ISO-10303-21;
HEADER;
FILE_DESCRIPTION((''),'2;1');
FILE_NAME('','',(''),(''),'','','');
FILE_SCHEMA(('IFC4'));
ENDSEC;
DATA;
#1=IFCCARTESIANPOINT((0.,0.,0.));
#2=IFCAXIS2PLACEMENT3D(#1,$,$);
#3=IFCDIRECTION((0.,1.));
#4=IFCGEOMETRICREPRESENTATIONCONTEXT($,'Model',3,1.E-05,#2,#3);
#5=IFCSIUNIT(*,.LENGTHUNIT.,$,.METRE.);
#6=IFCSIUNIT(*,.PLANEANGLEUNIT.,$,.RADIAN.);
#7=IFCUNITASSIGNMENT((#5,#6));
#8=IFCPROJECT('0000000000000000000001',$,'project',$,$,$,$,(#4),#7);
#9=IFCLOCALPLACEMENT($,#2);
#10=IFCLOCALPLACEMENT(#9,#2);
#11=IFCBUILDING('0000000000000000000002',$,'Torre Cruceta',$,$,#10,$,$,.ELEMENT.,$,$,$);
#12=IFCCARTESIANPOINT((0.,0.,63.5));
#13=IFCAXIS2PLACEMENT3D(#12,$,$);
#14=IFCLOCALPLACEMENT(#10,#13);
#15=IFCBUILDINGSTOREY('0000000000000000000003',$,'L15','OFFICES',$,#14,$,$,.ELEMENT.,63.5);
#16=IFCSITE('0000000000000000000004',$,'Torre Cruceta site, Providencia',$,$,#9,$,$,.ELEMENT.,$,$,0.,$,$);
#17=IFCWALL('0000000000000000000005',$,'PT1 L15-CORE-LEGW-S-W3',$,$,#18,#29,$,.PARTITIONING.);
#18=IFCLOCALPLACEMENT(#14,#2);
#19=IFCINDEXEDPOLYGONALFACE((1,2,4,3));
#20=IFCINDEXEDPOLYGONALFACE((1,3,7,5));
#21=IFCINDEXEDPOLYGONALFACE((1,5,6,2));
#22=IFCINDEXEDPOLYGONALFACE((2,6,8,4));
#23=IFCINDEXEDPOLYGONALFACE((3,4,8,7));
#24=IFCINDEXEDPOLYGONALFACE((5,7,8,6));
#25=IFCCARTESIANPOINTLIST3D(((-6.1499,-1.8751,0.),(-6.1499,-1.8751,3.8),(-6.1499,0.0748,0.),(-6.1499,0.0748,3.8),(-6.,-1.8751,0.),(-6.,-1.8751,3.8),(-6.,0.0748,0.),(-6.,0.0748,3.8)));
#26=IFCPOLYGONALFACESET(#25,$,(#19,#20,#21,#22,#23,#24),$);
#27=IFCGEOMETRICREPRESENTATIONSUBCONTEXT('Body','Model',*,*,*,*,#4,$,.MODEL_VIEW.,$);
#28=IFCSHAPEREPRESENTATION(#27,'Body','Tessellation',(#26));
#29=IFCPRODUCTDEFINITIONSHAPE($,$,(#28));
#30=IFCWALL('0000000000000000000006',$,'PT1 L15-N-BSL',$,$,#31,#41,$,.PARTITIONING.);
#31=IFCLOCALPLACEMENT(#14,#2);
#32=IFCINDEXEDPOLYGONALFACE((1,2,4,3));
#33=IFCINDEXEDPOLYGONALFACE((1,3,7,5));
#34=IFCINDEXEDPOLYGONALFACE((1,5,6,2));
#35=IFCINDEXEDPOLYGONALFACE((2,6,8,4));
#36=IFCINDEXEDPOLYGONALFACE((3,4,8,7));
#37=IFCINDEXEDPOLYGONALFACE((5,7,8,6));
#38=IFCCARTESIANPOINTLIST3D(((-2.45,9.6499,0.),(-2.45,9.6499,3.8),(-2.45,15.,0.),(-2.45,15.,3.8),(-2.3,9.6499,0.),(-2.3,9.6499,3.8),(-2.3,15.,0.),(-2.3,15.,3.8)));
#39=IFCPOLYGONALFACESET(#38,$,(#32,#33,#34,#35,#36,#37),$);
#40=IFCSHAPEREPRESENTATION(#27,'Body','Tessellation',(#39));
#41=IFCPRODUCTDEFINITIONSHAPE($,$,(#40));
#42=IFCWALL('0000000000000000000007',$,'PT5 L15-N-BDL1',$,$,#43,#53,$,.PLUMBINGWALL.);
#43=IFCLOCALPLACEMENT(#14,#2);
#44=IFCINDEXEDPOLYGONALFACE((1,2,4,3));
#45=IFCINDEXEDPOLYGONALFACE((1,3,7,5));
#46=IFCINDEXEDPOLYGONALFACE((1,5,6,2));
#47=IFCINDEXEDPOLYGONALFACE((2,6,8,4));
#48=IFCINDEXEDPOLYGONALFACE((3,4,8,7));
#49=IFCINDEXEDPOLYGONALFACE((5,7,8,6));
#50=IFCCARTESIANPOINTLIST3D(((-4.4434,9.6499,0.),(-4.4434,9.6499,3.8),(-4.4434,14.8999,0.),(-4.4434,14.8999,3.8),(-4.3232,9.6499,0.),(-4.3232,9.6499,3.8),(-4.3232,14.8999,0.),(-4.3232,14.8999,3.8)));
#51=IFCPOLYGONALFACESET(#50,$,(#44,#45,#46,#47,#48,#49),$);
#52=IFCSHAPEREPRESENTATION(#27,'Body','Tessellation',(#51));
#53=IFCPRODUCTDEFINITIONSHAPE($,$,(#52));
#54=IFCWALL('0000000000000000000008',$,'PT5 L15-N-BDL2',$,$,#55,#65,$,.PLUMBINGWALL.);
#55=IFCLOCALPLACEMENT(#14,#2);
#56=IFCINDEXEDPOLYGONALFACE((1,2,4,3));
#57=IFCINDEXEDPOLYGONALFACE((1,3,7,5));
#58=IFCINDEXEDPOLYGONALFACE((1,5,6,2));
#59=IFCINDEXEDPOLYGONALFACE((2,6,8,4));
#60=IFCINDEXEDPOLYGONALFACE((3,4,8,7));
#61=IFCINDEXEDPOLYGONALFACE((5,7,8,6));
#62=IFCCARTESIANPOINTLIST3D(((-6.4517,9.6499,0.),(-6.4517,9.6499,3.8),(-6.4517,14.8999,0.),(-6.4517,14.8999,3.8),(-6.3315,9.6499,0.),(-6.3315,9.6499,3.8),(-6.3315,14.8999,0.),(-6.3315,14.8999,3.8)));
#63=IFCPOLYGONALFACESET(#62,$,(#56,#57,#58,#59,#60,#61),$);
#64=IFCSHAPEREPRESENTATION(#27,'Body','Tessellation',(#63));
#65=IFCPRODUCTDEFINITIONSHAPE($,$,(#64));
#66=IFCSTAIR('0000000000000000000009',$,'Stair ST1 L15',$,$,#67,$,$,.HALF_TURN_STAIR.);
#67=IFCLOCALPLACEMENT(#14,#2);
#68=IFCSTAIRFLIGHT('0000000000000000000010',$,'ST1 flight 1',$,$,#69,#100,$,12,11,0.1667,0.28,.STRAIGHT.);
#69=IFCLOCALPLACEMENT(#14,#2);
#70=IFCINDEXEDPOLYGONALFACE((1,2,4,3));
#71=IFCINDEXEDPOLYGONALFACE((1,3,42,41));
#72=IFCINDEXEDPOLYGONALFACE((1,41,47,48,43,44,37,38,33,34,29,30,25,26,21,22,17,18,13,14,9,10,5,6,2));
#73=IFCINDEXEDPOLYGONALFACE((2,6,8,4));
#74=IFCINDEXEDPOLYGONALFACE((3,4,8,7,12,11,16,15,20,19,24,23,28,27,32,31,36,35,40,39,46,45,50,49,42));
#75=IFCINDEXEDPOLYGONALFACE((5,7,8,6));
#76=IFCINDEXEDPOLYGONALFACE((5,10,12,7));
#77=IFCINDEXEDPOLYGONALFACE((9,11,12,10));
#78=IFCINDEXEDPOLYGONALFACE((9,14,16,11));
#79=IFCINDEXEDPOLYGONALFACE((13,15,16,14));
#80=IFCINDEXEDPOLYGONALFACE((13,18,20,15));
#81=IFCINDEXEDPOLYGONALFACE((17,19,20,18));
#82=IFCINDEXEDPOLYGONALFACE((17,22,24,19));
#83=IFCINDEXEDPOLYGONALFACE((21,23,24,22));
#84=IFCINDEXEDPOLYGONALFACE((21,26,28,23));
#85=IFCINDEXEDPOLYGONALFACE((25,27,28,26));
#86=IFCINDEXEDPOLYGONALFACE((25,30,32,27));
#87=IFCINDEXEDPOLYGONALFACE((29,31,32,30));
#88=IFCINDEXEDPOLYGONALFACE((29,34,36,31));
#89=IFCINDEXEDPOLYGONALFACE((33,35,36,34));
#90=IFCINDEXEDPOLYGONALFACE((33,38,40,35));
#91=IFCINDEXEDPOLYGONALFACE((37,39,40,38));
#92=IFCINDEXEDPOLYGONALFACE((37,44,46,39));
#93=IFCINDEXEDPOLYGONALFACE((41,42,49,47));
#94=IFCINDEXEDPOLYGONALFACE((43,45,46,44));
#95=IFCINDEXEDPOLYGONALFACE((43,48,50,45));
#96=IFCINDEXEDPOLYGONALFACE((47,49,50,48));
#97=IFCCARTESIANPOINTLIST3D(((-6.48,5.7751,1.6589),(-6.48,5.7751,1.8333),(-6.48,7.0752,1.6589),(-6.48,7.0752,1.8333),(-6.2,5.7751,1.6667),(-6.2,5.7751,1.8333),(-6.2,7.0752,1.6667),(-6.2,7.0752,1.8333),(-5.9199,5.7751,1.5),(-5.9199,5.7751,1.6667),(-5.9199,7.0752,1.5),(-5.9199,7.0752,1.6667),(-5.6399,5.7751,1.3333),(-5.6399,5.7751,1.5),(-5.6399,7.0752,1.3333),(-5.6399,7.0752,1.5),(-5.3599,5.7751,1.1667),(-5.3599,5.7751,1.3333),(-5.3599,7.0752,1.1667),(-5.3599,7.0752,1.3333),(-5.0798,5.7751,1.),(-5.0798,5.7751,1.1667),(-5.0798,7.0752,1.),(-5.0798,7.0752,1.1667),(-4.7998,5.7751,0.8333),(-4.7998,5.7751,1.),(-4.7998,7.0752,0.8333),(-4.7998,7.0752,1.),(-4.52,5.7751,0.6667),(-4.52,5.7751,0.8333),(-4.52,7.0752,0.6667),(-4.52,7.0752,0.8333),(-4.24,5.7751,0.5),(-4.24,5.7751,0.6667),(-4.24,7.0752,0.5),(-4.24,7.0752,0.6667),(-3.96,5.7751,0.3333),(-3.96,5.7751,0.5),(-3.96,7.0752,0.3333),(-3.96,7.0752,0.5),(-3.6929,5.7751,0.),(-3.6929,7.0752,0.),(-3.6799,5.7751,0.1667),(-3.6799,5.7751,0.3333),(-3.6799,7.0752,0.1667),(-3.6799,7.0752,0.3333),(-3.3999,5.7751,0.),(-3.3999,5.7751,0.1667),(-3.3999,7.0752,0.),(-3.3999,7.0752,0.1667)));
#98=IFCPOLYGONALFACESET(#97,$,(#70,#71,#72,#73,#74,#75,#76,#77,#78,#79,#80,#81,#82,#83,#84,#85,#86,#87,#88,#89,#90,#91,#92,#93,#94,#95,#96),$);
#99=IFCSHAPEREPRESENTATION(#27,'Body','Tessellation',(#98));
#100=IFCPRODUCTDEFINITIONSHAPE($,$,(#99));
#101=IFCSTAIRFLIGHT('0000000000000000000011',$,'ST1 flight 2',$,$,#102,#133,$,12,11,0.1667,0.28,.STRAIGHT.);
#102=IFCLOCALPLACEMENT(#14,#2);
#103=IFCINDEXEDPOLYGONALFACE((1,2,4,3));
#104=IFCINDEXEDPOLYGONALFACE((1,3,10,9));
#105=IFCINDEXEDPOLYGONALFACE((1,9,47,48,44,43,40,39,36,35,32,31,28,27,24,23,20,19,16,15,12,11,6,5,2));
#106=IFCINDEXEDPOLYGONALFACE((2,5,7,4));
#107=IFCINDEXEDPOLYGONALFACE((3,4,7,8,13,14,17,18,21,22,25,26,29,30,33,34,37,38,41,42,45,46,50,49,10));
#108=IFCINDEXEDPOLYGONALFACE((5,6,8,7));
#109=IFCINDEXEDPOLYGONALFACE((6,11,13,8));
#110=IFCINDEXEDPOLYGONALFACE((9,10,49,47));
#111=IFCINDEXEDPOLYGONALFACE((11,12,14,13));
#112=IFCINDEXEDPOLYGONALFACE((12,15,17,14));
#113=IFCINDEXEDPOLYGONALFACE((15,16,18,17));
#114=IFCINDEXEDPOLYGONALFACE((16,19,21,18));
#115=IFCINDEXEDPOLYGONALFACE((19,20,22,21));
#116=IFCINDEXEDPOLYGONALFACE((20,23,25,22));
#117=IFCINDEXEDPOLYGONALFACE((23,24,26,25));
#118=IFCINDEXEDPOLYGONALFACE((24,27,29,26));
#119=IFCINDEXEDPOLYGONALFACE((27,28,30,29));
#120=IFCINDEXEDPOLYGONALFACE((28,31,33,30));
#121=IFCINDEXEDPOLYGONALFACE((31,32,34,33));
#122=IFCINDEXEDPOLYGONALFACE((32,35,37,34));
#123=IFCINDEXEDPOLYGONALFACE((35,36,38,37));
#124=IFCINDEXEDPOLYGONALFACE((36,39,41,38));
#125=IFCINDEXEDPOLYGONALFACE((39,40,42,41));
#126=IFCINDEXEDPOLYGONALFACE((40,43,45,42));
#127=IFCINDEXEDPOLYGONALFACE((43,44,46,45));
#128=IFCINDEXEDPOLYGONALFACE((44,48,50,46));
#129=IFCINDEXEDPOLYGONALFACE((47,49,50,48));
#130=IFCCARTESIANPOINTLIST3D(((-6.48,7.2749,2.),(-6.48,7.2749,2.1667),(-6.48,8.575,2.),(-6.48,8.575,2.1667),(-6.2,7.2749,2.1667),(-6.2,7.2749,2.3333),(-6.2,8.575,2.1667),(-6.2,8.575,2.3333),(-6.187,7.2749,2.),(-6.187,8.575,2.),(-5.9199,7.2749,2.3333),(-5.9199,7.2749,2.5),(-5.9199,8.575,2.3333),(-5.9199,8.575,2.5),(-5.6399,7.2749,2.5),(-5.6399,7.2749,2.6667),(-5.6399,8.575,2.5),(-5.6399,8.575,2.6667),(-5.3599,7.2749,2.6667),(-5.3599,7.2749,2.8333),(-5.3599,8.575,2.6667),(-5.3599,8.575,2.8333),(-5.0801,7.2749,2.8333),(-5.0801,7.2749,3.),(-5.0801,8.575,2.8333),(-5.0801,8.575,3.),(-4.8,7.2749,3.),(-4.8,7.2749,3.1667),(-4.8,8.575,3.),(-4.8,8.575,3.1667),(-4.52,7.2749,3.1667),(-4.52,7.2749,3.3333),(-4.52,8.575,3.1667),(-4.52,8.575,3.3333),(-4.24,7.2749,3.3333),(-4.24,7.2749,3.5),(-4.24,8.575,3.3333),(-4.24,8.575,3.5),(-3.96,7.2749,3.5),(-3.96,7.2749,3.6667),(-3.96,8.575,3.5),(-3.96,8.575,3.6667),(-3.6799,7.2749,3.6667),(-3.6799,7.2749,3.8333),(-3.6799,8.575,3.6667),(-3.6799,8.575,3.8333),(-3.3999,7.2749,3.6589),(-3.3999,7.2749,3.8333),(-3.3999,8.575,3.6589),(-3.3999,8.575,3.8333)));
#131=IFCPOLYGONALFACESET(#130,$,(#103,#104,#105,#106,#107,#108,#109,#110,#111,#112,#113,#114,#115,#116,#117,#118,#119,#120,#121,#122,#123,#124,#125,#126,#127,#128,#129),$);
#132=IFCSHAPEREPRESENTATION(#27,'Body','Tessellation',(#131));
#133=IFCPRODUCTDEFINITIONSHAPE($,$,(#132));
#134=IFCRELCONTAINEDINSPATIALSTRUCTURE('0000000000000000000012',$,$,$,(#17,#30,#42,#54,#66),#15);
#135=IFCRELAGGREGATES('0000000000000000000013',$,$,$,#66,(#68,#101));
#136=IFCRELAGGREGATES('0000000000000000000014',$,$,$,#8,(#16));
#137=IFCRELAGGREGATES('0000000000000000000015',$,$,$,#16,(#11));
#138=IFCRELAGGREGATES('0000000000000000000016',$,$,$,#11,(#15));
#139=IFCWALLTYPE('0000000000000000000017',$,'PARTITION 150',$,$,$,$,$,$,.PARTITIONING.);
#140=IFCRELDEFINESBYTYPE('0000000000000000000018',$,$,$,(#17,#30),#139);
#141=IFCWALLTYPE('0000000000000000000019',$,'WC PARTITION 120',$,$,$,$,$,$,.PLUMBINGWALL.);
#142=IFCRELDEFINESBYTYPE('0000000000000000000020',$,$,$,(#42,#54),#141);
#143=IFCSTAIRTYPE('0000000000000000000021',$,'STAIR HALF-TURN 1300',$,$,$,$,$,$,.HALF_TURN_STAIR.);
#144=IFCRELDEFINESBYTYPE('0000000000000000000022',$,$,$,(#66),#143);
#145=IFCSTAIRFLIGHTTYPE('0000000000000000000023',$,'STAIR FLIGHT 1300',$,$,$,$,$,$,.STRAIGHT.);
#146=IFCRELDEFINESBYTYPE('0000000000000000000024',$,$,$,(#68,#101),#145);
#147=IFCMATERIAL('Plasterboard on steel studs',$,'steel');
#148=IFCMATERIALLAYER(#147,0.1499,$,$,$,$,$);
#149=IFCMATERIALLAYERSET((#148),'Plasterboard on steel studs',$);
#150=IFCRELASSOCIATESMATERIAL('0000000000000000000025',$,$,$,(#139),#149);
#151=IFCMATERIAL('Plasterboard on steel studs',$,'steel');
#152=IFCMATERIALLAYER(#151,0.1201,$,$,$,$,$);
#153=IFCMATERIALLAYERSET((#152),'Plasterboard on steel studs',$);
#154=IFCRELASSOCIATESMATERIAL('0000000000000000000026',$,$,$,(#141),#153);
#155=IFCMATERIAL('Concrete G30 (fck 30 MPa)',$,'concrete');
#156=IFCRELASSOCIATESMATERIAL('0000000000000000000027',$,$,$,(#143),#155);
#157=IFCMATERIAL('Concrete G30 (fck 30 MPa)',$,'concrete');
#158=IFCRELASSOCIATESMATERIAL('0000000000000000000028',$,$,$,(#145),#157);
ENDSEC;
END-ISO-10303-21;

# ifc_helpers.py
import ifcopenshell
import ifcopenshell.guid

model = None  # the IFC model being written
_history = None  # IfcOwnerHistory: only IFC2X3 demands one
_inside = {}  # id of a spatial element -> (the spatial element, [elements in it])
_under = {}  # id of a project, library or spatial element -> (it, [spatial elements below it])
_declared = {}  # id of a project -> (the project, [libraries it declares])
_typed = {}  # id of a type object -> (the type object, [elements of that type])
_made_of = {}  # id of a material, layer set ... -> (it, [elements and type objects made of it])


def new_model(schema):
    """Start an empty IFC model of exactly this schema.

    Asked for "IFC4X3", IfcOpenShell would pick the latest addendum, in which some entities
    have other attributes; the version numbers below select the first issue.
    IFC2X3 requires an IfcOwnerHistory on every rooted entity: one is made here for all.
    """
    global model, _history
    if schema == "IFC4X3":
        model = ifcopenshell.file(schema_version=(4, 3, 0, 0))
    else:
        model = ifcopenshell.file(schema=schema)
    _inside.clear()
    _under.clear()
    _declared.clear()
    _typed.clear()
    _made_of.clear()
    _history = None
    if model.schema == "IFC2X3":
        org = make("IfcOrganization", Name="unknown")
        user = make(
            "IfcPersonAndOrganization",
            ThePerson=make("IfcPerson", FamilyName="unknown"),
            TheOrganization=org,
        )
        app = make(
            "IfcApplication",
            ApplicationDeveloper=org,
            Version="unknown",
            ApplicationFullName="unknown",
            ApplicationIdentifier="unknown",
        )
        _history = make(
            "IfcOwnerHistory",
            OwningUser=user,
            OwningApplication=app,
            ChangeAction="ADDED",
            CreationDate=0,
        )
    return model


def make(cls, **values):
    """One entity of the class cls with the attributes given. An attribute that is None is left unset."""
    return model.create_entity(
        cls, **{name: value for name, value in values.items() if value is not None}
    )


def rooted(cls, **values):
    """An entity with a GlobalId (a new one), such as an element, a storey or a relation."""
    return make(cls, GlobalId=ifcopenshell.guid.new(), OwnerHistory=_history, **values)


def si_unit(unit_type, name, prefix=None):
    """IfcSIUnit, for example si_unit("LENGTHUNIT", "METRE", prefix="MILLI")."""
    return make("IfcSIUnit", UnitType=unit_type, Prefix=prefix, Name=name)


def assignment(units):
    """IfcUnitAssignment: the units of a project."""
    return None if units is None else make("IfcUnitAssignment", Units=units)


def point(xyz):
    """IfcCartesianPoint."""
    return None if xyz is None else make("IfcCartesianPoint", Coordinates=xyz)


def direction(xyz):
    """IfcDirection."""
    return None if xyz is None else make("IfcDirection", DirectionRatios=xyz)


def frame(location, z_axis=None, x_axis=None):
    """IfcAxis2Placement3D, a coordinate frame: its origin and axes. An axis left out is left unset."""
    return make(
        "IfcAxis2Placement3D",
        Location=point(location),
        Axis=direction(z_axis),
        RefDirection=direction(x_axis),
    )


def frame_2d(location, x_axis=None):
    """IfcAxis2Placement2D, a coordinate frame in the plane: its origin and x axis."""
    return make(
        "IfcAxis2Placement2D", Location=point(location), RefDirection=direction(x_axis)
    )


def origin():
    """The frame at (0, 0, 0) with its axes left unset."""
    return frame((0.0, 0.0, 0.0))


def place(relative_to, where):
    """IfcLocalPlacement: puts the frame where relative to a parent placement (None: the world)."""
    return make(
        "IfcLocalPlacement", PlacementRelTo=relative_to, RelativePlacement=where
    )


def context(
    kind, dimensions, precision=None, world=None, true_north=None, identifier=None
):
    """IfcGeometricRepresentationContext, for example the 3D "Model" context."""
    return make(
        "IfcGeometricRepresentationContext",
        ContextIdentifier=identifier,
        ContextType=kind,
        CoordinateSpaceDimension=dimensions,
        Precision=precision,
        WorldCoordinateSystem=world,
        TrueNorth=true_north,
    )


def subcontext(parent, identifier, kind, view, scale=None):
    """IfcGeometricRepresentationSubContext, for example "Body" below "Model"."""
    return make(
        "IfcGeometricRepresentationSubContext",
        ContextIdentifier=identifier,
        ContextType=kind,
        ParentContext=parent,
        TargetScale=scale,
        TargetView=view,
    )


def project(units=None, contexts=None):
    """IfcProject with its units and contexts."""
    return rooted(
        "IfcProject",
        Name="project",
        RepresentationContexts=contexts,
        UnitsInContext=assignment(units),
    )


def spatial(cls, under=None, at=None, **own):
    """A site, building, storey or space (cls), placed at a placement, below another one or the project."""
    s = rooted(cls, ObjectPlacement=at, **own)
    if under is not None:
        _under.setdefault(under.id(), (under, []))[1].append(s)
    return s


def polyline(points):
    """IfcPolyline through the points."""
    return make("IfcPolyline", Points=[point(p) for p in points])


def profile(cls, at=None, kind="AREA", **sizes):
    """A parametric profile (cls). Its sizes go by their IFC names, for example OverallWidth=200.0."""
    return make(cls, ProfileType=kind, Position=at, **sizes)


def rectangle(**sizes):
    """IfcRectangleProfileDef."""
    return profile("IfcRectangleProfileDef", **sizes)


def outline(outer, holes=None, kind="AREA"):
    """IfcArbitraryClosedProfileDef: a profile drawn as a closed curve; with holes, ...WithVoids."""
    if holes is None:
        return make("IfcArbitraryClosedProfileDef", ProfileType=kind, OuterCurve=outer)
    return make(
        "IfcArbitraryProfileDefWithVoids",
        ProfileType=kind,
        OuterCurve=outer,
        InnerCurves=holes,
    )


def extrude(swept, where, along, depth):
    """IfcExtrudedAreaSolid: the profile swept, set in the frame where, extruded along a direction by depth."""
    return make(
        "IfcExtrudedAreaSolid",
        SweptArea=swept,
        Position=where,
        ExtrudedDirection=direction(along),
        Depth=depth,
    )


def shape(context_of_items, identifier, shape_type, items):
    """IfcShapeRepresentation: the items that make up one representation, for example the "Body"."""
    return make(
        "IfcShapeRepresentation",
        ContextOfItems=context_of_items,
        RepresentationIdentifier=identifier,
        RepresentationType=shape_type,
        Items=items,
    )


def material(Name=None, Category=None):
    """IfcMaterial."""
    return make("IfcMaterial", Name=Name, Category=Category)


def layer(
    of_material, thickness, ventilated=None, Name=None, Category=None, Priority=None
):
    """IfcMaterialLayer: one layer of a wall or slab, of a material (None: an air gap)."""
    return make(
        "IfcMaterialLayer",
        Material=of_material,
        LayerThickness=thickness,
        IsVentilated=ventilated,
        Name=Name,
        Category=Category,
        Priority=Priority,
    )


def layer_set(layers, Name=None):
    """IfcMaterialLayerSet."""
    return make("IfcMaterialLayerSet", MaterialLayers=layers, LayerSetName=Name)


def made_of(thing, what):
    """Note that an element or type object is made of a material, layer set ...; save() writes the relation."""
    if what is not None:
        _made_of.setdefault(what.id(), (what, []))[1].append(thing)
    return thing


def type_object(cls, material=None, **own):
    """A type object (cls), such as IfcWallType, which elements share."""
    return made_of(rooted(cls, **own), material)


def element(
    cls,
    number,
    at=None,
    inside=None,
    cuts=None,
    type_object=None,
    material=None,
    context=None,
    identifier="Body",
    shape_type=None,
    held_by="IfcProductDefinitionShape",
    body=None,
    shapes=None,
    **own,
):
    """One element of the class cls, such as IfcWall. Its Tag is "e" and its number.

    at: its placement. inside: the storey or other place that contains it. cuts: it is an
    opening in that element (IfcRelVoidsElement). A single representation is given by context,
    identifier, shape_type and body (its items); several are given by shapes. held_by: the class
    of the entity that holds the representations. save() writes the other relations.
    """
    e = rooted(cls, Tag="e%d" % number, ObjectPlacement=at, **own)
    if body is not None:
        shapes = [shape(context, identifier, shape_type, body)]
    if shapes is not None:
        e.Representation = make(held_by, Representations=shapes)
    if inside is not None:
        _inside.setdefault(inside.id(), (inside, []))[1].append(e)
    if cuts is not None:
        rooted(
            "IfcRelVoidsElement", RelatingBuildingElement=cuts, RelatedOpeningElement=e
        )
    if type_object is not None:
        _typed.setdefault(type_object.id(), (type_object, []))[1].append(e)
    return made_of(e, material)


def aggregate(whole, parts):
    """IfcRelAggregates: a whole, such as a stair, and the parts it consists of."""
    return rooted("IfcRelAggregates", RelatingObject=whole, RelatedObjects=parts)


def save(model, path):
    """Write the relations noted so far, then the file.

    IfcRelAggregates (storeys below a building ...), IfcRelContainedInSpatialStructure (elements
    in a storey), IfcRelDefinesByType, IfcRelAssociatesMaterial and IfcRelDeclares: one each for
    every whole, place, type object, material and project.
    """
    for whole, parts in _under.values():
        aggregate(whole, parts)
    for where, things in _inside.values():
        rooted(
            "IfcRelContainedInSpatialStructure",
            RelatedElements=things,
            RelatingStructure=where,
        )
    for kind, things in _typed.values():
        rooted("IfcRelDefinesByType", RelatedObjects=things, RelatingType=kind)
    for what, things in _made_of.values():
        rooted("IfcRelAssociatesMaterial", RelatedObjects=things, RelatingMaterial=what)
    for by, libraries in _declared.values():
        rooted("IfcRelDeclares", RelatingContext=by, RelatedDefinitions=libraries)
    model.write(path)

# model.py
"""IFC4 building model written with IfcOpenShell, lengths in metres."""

from ifc_helpers import new_model, si_unit, direction, frame, frame_2d, origin, place, context, subcontext, project, spatial, polyline, rectangle, outline, extrude, material, layer, layer_set, type_object, element, aggregate, save


model = new_model("IFC4")

# Units and contexts
model_context = context("Model", 3, precision=1e-05, world=origin(), true_north=direction((0.0, 1.0)))
body_context = subcontext(model_context, "Body", "Model", "MODEL_VIEW")
ifc_project = project(units=[si_unit("LENGTHUNIT", "METRE"), si_unit("PLANEANGLEUNIT", "RADIAN")], contexts=[model_context])

# Site, building, storey
site_placement = place(None, origin())
site = spatial("IfcSite", under=ifc_project, at=site_placement, Name="Torre Cruceta site, Providencia", CompositionType="ELEMENT", RefElevation=0.0)
building_placement = place(site_placement, origin())
building = spatial("IfcBuilding", under=site, at=building_placement, Name="Torre Cruceta", CompositionType="ELEMENT")
storey_placement = place(building_placement, frame((0.0, 0.0, 63.5)))
storey = spatial("IfcBuildingStorey", under=building, at=storey_placement, Name="L15", Description="OFFICES", CompositionType="ELEMENT", Elevation=63.5)

# Walls
ifc_material_1 = material(Name="Plasterboard on steel studs", Category="steel")
ifc_layer_1 = layer(ifc_material_1, 0.1499)
ifc_layer_set_1 = layer_set([ifc_layer_1], Name="Plasterboard on steel studs")
wall_type_1 = type_object("IfcWallType", Name="PARTITION 150", PredefinedType="PARTITIONING", material=ifc_layer_set_1)
wall_1_placement = place(storey_placement, frame((-6.075, 0.075, 0.0), z_axis=(0.0, 0.0, 1.0), x_axis=(0.0, -1.0, 0.0)))
element("IfcWall", 1, at=wall_1_placement, inside=storey, type_object=wall_type_1, Name="PT1 L15-CORE-LEGW-S-W3", PredefinedType="PARTITIONING", context=body_context, shape_type="SweptSolid", body=[
    extrude(rectangle(XDim=1.95, YDim=0.1499, at=frame_2d((0.9751, 0.0))), origin(), (0.0, 0.0, 1.0), 3.8),
])
wall_2_placement = place(storey_placement, frame((-2.375, 9.6499, 0.0), z_axis=(0.0, 0.0, 1.0), x_axis=(0.0, 1.0, 0.0)))
element("IfcWall", 2, at=wall_2_placement, inside=storey, type_object=wall_type_1, Name="PT1 L15-N-BSL", PredefinedType="PARTITIONING", context=body_context, shape_type="SweptSolid", body=[
    extrude(rectangle(XDim=5.3501, YDim=0.1499, at=frame_2d((2.675, 0.0))), origin(), (0.0, 0.0, 1.0), 3.8),
])
ifc_material_2 = material(Name="Plasterboard on steel studs", Category="steel")
ifc_layer_2 = layer(ifc_material_2, 0.1201)
ifc_layer_set_2 = layer_set([ifc_layer_2], Name="Plasterboard on steel studs")
wall_type_2 = type_object("IfcWallType", Name="WC PARTITION 120", PredefinedType="PLUMBINGWALL", material=ifc_layer_set_2)
for number, where, z_axis, x_axis, name in (
    (3, (-4.3833, 9.6499, 0.0), (0.0, 0.0, 1.0), (0.0, 1.0, 0.0), "PT5 L15-N-BDL1"),
    (4, (-6.3916, 9.6499, 0.0), (0.0, 0.0, 1.0), (0.0, 1.0, 0.0), "PT5 L15-N-BDL2"),
):
    element("IfcWall", number, at=place(storey_placement, frame(where, z_axis=z_axis, x_axis=x_axis)), inside=storey, type_object=wall_type_2, Name=name, PredefinedType="PLUMBINGWALL", context=body_context, shape_type="SweptSolid", body=[
        extrude(rectangle(XDim=5.25, YDim=0.1201, at=frame_2d((2.625, 0.0))), origin(), (0.0, 0.0, 1.0), 3.8),
    ])

# Stair, stair flights
ifc_material_3 = material(Name="Concrete G30 (fck 30 MPa)", Category="concrete")
stair_type = type_object("IfcStairType", Name="STAIR HALF-TURN 1300", PredefinedType="HALF_TURN_STAIR", material=ifc_material_3)
stair_placement = place(storey_placement, origin())
stair = element("IfcStair", 5, at=stair_placement, inside=storey, type_object=stair_type, Name="Stair ST1 L15", PredefinedType="HALF_TURN_STAIR")
ifc_material_4 = material(Name="Concrete G30 (fck 30 MPa)", Category="concrete")
stair_flight_type = type_object("IfcStairFlightType", Name="STAIR FLIGHT 1300", PredefinedType="STRAIGHT", material=ifc_material_4)
stair_flight_1_placement = place(storey_placement, frame((-3.3999, 6.425, 0.0), z_axis=(0.0, 0.0, 1.0), x_axis=(-1.0, 0.0, 0.0)))
stair_flight_1 = element("IfcStairFlight", 6, at=stair_flight_1_placement, type_object=stair_flight_type, Name="ST1 flight 1", NumberOfRisers=12, NumberOfTreads=11, PredefinedType="STRAIGHT", RiserHeight=0.1667, TreadLength=0.28, context=body_context, shape_type="SweptSolid", body=[
    extrude(outline(polyline([(0.0, 0.0), (0.0, 0.1667), (0.28, 0.1667), (0.28, 0.3333), (0.5601, 0.3333), (0.5601, 0.5), (0.8401, 0.5), (0.8401, 0.6667), (1.1201, 0.6667), (1.1201, 0.8333), (1.3999, 0.8333), (1.3999, 1.0), (1.6799, 1.0), (1.6799, 1.1667), (1.96, 1.1667), (1.96, 1.3333), (2.24, 1.3333), (2.24, 1.5), (2.52, 1.5), (2.52, 1.6667), (2.8, 1.6667), (2.8, 1.8333), (3.0801, 1.8333), (3.0801, 2.0), (3.0801, 1.6589), (0.293, 0.0), (0.0, 0.0)])), frame((0.0, 0.6499, 0.0), z_axis=(0.0, -1.0, 0.0), x_axis=(1.0, 0.0, 0.0)), (0.0, 0.0, 1.0), 1.3),
])
stair_flight_2_placement = place(storey_placement, frame((-6.48, 7.925, 2.0), z_axis=(0.0, 0.0, 1.0), x_axis=(1.0, 0.0, 0.0)))
stair_flight_2 = element("IfcStairFlight", 7, at=stair_flight_2_placement, type_object=stair_flight_type, Name="ST1 flight 2", NumberOfRisers=12, NumberOfTreads=11, PredefinedType="STRAIGHT", RiserHeight=0.1667, TreadLength=0.28, context=body_context, shape_type="SweptSolid", body=[
    extrude(outline(polyline([(0.0, 0.0), (0.0, 0.1667), (0.28, 0.1667), (0.28, 0.3333), (0.5601, 0.3333), (0.5601, 0.5), (0.8401, 0.5), (0.8401, 0.6667), (1.1201, 0.6667), (1.1201, 0.8333), (1.3999, 0.8333), (1.3999, 1.0), (1.6799, 1.0), (1.6799, 1.1667), (1.96, 1.1667), (1.96, 1.3333), (2.24, 1.3333), (2.24, 1.5), (2.52, 1.5), (2.52, 1.6667), (2.8, 1.6667), (2.8, 1.8333), (3.0801, 1.8333), (3.0801, 2.0), (3.0801, 1.6589), (0.293, 0.0), (0.0, 0.0)])), frame((0.0, 0.6499, 0.0), z_axis=(0.0, -1.0, 0.0), x_axis=(1.0, 0.0, 0.0)), (0.0, 0.0, 1.0), 1.3),
])
aggregate(stair, [stair_flight_1, stair_flight_2])

save(model, "model.ifc")
